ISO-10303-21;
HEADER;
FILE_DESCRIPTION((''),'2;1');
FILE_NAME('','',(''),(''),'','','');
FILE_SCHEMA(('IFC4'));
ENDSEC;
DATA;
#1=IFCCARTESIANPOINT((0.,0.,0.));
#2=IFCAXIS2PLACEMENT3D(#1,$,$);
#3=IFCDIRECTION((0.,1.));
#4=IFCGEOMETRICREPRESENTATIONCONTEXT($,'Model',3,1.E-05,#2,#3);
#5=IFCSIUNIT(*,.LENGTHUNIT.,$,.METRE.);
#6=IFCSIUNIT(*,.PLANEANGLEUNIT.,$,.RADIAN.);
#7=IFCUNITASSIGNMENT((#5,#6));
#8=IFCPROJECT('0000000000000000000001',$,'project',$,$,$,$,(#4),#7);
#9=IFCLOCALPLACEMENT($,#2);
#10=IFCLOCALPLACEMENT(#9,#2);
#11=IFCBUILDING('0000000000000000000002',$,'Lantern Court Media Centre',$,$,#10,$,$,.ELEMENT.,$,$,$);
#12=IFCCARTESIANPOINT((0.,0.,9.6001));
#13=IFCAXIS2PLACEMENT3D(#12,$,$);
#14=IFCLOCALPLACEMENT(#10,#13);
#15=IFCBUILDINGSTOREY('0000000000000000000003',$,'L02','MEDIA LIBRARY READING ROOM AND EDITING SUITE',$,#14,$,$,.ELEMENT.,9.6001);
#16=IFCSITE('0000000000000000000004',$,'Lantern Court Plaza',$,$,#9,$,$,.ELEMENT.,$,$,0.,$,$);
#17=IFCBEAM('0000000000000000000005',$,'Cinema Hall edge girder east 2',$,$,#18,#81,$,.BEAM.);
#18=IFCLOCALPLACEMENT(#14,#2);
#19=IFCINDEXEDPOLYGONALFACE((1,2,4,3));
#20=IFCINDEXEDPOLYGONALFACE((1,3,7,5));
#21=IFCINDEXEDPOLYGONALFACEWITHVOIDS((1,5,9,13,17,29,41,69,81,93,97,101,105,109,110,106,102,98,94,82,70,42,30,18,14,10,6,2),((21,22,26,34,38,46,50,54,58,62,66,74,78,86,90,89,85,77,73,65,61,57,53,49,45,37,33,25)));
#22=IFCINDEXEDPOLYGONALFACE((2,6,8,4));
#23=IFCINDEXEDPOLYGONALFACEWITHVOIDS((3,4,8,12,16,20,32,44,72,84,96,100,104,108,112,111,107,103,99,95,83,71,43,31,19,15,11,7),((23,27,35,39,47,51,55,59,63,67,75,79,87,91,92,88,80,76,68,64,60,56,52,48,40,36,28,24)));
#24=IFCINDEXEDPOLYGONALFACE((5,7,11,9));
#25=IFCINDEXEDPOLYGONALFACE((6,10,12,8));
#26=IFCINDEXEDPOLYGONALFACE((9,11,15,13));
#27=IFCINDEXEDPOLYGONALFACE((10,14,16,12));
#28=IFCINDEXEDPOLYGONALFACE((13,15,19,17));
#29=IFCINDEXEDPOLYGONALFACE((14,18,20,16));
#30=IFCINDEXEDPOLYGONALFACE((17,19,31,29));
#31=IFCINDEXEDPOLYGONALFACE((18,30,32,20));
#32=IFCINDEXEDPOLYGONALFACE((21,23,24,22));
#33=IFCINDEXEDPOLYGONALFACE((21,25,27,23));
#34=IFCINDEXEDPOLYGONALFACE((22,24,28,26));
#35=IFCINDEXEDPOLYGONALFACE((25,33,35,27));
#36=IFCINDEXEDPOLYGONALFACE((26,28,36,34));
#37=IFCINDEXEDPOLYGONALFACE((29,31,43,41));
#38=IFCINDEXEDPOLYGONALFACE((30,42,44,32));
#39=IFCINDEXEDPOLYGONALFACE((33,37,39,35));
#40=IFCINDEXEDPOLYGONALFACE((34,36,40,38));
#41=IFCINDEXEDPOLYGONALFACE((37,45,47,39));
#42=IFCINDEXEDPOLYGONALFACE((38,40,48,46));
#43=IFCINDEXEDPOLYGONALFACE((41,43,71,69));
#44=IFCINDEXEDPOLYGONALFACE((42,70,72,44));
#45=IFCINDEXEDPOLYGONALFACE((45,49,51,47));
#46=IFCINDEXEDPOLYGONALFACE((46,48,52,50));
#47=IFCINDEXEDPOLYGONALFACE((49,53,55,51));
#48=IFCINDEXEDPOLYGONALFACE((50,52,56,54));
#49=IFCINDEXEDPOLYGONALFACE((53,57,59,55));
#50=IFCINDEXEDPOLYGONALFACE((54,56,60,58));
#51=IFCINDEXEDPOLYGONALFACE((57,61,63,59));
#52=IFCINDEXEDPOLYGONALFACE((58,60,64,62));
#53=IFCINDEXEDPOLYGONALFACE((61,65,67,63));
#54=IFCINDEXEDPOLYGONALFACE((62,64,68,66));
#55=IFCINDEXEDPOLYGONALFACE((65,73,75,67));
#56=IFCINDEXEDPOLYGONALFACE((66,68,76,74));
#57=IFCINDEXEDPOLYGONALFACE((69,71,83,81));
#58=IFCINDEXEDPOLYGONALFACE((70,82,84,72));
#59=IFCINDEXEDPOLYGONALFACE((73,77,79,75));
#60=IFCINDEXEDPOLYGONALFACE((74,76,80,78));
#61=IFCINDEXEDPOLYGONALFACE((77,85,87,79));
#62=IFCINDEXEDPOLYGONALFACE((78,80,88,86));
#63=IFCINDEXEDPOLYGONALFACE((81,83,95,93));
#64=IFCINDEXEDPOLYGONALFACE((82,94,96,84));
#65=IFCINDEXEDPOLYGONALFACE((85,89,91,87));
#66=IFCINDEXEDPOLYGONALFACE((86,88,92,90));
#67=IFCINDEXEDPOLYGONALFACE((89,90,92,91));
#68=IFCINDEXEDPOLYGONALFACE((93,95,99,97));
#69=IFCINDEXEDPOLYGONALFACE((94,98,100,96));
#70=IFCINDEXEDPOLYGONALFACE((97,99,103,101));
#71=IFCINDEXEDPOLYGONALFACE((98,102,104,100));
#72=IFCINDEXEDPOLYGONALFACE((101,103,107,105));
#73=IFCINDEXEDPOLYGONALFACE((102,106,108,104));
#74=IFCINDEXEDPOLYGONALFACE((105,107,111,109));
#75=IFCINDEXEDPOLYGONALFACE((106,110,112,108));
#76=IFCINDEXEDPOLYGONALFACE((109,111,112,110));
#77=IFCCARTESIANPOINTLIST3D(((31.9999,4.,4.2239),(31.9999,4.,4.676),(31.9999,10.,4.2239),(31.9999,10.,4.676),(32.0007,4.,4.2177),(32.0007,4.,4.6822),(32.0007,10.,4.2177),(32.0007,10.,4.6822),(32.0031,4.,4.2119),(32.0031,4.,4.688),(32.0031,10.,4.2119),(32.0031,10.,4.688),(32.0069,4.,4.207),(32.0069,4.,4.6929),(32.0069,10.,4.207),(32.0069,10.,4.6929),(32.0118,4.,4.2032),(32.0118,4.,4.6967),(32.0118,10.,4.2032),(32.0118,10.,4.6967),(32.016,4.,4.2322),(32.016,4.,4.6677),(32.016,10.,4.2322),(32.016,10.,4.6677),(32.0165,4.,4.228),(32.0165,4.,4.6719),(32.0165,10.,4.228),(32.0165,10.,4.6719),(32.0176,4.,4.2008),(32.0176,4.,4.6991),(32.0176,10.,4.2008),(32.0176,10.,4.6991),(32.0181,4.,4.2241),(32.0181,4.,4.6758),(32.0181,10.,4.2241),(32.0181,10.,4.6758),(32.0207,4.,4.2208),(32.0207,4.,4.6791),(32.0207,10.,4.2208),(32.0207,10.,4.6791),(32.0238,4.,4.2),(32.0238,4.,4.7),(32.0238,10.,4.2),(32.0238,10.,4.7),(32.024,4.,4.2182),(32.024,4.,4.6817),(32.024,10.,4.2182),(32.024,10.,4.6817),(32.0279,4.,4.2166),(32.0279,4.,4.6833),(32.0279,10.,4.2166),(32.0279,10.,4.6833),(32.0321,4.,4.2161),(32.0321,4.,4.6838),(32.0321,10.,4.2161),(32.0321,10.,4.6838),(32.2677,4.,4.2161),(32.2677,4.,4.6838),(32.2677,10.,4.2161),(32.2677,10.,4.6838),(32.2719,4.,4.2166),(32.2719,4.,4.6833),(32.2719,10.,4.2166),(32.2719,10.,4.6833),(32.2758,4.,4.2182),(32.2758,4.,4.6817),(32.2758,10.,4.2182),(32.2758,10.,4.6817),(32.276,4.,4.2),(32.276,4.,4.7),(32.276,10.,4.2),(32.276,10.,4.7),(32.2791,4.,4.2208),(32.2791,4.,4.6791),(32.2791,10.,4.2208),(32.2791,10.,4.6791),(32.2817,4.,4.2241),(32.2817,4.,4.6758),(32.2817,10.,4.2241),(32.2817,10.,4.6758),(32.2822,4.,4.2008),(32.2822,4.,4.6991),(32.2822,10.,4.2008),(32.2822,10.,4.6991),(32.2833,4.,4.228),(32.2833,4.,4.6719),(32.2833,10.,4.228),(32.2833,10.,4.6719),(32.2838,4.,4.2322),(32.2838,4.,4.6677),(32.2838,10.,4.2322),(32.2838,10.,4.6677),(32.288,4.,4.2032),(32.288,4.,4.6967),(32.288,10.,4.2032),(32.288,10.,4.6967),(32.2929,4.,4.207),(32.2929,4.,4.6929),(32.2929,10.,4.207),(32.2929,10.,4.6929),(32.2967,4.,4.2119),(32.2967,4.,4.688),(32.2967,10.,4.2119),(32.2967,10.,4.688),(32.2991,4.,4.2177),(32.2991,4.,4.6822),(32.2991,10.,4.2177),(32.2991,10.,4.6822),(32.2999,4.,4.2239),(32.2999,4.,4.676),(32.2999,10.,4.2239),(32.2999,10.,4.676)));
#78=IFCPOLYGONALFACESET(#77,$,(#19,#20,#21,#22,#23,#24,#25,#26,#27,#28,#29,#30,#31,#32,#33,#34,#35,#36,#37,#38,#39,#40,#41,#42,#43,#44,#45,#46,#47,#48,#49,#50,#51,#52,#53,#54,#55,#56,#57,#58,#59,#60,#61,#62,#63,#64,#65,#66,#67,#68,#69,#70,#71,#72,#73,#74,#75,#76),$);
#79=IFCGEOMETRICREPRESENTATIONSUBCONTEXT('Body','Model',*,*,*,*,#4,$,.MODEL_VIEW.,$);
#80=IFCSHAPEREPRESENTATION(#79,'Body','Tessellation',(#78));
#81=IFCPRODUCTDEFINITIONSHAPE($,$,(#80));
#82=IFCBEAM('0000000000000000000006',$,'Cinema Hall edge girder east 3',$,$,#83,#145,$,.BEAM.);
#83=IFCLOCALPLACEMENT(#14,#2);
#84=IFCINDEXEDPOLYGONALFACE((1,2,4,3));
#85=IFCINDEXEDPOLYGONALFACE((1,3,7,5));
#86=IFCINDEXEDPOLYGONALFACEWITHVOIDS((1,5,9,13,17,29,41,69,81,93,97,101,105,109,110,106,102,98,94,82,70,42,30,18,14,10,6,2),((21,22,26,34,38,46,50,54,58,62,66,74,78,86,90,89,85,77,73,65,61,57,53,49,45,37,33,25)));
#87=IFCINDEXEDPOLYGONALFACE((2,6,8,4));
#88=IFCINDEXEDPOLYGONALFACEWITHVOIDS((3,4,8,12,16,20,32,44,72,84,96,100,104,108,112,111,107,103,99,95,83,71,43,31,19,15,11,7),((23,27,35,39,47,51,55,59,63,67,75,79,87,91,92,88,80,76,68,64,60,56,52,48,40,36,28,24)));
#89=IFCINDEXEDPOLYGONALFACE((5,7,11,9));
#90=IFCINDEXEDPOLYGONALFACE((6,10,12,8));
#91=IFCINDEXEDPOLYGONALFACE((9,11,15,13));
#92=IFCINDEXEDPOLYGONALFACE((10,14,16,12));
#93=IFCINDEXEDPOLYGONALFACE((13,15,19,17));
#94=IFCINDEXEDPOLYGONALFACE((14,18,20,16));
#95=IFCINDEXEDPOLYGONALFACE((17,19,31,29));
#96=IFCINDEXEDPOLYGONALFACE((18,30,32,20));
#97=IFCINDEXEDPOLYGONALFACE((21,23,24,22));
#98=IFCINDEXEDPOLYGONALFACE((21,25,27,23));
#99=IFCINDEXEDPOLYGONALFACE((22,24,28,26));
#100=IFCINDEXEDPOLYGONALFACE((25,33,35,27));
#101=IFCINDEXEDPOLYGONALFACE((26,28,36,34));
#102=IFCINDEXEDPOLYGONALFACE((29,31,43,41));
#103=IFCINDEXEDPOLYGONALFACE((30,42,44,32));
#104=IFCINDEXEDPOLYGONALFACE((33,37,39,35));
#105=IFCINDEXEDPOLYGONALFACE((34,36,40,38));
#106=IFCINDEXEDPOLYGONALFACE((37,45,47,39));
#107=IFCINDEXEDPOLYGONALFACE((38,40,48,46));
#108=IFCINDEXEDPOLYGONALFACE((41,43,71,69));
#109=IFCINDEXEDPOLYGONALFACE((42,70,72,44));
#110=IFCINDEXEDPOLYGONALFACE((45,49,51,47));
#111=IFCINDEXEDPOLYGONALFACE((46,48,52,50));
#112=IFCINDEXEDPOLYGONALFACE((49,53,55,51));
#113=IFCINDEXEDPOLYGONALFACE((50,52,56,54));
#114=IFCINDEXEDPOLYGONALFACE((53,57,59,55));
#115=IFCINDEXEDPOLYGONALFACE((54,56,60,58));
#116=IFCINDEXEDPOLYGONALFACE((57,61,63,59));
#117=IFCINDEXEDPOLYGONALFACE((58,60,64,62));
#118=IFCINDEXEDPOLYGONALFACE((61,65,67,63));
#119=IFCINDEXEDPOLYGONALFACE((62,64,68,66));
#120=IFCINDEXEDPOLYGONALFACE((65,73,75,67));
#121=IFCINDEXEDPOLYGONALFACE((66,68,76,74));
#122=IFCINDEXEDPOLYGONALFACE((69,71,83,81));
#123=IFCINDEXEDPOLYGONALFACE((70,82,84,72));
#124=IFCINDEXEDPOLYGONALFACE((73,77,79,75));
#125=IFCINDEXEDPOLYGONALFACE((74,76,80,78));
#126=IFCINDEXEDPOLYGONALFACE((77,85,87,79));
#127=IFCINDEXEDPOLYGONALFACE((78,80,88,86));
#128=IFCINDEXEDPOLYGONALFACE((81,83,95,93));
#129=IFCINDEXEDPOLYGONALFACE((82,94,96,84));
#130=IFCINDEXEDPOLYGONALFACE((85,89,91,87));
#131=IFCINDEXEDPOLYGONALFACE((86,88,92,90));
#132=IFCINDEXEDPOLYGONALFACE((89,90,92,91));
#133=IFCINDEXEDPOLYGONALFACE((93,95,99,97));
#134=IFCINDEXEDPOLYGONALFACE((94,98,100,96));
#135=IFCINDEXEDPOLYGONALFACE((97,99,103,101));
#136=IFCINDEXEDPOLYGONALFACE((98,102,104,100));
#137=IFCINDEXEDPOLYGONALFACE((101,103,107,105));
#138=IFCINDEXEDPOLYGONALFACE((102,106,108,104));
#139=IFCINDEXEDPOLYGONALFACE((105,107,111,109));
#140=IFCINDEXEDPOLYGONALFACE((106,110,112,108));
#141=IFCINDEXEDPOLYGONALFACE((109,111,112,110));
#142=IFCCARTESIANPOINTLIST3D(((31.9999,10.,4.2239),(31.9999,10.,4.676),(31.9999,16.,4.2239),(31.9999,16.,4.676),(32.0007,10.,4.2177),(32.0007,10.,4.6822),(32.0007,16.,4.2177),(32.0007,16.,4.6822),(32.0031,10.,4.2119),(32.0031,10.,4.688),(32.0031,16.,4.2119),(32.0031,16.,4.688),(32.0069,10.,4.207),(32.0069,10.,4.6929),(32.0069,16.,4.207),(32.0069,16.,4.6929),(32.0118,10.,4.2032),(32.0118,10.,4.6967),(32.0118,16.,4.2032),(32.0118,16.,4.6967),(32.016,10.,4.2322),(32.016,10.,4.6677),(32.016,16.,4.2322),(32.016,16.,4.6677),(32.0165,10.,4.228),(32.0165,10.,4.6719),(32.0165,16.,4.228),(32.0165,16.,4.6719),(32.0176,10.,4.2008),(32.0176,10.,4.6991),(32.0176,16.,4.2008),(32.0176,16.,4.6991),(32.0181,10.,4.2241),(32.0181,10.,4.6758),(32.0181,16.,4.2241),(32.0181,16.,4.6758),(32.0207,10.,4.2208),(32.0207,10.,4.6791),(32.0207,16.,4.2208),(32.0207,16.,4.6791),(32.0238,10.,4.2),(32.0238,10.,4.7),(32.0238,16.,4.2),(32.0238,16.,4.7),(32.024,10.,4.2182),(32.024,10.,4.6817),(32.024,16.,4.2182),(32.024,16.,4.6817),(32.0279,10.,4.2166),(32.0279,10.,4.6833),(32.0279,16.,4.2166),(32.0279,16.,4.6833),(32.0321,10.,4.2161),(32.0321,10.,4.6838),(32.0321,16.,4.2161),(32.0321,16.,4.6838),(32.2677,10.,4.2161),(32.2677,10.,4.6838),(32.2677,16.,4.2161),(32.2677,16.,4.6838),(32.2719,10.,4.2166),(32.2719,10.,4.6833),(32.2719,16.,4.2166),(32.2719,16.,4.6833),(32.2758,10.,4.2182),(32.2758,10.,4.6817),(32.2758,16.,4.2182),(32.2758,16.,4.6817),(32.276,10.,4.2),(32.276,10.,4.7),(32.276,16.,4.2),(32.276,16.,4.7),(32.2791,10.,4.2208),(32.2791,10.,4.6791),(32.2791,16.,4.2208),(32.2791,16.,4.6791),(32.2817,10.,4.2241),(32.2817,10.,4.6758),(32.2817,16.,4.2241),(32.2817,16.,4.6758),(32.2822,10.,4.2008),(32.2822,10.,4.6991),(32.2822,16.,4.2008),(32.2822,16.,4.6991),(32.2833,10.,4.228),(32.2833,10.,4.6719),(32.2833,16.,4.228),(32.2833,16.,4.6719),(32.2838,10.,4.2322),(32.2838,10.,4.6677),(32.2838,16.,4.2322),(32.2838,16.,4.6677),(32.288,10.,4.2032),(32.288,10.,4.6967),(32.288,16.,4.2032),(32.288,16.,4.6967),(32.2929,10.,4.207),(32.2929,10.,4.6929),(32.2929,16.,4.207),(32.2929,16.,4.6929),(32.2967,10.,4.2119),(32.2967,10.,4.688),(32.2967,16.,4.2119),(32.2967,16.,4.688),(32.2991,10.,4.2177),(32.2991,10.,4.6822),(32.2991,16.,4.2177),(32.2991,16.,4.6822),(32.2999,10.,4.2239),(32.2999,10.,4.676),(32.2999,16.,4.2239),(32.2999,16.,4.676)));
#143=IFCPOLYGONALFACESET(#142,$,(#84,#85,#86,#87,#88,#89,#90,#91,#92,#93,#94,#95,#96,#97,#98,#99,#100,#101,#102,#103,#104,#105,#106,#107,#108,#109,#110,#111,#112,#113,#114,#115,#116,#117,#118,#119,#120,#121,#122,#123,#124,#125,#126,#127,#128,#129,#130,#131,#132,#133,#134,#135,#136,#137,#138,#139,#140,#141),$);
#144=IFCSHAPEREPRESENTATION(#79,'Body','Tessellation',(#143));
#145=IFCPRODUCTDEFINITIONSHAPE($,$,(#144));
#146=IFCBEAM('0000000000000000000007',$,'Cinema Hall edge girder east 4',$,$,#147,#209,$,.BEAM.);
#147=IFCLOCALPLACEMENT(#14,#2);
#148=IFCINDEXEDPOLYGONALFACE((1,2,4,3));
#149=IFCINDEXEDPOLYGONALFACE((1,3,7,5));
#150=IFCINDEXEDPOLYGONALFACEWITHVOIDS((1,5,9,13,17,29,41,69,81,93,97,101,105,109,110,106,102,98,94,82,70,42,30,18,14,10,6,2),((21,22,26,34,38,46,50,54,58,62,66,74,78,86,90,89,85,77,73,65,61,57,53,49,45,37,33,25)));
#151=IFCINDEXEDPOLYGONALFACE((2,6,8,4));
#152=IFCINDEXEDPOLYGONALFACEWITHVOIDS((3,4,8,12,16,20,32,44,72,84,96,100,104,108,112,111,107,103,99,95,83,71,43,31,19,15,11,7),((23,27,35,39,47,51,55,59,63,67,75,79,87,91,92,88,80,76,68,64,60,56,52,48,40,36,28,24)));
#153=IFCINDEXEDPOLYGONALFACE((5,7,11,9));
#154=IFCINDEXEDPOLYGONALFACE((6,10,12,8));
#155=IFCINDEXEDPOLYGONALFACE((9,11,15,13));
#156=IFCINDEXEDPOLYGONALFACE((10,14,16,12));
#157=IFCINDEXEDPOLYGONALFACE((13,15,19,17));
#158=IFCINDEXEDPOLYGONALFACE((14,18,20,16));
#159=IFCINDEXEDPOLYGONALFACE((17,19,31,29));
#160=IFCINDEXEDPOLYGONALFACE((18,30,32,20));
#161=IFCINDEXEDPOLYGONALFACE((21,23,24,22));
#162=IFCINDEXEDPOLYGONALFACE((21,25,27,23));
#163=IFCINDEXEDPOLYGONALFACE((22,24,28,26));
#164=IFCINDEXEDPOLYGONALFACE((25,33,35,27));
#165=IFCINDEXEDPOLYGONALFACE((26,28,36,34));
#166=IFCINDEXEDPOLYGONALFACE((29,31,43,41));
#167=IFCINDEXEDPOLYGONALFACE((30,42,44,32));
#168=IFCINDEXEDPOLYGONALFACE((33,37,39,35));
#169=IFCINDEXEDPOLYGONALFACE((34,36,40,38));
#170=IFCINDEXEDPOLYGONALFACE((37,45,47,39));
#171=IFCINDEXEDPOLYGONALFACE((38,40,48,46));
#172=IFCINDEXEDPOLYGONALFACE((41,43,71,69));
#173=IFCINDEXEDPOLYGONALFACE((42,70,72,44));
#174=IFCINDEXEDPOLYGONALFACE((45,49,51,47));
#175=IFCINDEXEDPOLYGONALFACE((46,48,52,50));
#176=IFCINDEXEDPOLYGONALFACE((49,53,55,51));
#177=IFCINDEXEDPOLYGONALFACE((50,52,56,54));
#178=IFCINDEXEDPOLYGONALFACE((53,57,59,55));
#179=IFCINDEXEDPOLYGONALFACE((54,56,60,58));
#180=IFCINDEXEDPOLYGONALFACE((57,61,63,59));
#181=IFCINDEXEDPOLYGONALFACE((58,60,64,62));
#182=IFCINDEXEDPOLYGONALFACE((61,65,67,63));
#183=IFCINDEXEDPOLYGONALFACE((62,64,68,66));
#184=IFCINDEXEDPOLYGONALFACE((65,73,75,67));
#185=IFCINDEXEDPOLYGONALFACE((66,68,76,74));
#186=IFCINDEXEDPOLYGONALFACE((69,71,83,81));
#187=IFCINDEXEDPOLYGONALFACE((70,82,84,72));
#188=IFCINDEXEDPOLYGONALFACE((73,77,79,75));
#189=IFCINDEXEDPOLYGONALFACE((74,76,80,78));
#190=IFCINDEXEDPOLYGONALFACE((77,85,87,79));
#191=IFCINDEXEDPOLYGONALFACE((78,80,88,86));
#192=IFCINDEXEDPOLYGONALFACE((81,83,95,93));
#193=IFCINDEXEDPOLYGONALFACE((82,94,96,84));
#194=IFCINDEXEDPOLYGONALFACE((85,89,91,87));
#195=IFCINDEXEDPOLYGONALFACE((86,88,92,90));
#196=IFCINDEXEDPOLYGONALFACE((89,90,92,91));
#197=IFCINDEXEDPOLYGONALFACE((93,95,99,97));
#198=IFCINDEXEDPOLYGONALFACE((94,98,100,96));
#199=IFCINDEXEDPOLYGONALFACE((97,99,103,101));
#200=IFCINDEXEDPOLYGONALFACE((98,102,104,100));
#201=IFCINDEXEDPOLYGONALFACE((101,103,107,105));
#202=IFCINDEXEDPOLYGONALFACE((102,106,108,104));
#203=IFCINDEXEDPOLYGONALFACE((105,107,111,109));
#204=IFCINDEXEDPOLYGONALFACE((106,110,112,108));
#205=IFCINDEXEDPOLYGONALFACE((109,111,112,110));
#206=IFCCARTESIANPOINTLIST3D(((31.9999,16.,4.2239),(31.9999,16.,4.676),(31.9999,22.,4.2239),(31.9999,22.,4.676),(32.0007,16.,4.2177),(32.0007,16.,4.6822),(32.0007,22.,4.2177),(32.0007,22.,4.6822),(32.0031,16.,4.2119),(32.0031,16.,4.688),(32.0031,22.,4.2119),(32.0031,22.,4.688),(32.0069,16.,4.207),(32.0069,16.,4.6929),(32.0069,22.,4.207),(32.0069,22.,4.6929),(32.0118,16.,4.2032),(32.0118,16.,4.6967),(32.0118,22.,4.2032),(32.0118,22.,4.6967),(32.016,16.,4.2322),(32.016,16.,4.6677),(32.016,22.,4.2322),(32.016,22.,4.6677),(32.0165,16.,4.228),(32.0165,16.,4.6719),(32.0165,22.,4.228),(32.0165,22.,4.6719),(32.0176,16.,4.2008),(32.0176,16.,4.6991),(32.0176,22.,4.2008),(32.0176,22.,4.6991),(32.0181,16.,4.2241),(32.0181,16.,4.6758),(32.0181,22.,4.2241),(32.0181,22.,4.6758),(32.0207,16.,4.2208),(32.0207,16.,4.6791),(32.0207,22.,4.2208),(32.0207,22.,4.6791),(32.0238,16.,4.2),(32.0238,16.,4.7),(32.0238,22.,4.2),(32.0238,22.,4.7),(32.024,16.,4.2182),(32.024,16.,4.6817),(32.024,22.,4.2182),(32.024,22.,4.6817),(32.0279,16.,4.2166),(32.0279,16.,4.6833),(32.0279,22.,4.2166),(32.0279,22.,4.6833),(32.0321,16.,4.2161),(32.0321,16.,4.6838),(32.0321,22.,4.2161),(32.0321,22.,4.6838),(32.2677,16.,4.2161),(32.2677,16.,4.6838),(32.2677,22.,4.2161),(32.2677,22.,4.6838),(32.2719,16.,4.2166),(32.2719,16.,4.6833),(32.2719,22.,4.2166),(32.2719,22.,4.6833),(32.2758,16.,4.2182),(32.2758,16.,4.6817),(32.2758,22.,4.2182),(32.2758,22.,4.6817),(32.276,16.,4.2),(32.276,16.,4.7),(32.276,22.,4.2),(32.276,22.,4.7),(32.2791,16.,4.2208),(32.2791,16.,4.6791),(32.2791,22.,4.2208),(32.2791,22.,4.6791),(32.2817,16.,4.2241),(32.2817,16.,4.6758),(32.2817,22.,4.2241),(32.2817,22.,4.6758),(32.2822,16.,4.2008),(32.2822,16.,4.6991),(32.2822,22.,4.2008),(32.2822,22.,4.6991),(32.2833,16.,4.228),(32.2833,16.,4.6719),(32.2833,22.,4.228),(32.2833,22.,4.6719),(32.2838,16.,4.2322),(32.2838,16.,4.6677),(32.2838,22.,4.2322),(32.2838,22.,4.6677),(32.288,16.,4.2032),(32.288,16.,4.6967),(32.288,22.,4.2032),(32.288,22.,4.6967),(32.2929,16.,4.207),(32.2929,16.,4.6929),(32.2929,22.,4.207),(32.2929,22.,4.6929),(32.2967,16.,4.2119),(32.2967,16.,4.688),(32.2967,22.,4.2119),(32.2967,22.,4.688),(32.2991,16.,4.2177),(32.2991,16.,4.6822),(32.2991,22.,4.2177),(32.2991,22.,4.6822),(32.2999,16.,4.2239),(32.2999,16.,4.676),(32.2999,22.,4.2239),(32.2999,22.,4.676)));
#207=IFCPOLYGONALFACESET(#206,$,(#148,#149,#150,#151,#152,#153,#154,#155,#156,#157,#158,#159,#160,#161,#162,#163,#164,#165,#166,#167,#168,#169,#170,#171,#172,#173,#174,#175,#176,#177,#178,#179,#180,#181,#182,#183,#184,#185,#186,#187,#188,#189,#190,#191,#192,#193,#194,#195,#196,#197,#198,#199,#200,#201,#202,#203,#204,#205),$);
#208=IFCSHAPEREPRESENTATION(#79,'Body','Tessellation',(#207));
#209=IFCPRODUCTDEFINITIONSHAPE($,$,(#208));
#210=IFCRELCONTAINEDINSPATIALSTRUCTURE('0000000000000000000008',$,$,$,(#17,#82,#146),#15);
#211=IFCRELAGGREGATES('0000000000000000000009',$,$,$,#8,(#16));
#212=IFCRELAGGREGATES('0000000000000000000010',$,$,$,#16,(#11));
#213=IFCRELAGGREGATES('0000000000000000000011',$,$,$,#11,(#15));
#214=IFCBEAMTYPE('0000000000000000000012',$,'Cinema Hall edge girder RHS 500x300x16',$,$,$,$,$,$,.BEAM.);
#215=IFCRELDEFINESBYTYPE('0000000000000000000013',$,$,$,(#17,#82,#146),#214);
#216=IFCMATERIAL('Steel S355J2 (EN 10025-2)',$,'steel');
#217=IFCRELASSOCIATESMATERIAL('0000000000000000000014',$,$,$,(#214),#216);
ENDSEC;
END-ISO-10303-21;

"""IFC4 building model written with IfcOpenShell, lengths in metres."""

from ifc_helpers import new_model, si_unit, direction, frame, origin, origin_2d, place, context, subcontext, project, spatial, hollow_rectangle, extrude, material, material_profile, profile_set, type_object, element, save


model = new_model("IFC4")

# Units and contexts
model_context = context("Model", 3, precision=1e-05, world=origin(), true_north=direction((0.0, 1.0)))
body_context = subcontext(model_context, "Body", "Model", "MODEL_VIEW")
ifc_project = project(units=[si_unit("LENGTHUNIT", "METRE"), si_unit("PLANEANGLEUNIT", "RADIAN")], contexts=[model_context])

# Site, building, storey
site_placement = place(None, origin())
site = spatial("IfcSite", under=ifc_project, at=site_placement, Name="Lantern Court Plaza", CompositionType="ELEMENT", RefElevation=0.0)
building_placement = place(site_placement, origin())
building = spatial("IfcBuilding", under=site, at=building_placement, Name="Lantern Court Media Centre", CompositionType="ELEMENT")
storey_placement = place(building_placement, frame((0.0, 0.0, 9.6001)))
storey = spatial("IfcBuildingStorey", under=building, at=storey_placement, Name="L02", Description="MEDIA LIBRARY READING ROOM AND EDITING SUITE", CompositionType="ELEMENT", Elevation=9.6001)

# Shared definitions
ifc_material = material(Name="Steel S355J2 (EN 10025-2)", Category="steel")

# Beams
ifc_material_profile_1 = material_profile(ifc_material, hollow_rectangle(XDim=0.3, YDim=0.5, WallThickness=0.0161, InnerFilletRadius=0.0161, OuterFilletRadius=0.0239, at=origin_2d()), Name="Cinema Hall edge girder RHS 500x300x16")
ifc_profile_set_1 = profile_set([ifc_material_profile_1], Name="Steel S355J2 (EN 10025-2)")
beam_type = type_object("IfcBeamType", Name="Cinema Hall edge girder RHS 500x300x16", PredefinedType="BEAM", material=ifc_profile_set_1)
for number, where, z_axis, x_axis, name in (
    (1, (32.1499, 4.0, 4.45), (0.0, 1.0, 0.0), (-1.0, 0.0, 0.0), "Cinema Hall edge girder east 2"),
    (2, (32.1499, 10.0, 4.45), (0.0, 1.0, 0.0), (-1.0, 0.0, 0.0), "Cinema Hall edge girder east 3"),
    (3, (32.1499, 16.0, 4.45), (0.0, 1.0, 0.0), (-1.0, 0.0, 0.0), "Cinema Hall edge girder east 4"),
):
    element("IfcBeam", number, at=place(storey_placement, frame(where, z_axis=z_axis, x_axis=x_axis)), inside=storey, type_object=beam_type, Name=name, PredefinedType="BEAM", context=body_context, shape_type="SweptSolid", body=[
        extrude(hollow_rectangle(XDim=0.3, YDim=0.5, WallThickness=0.0161, InnerFilletRadius=0.0161, OuterFilletRadius=0.0239, at=origin_2d()), origin(), (0.0, 0.0, 1.0), 6.0),
    ])

save(model, "model.ifc")
